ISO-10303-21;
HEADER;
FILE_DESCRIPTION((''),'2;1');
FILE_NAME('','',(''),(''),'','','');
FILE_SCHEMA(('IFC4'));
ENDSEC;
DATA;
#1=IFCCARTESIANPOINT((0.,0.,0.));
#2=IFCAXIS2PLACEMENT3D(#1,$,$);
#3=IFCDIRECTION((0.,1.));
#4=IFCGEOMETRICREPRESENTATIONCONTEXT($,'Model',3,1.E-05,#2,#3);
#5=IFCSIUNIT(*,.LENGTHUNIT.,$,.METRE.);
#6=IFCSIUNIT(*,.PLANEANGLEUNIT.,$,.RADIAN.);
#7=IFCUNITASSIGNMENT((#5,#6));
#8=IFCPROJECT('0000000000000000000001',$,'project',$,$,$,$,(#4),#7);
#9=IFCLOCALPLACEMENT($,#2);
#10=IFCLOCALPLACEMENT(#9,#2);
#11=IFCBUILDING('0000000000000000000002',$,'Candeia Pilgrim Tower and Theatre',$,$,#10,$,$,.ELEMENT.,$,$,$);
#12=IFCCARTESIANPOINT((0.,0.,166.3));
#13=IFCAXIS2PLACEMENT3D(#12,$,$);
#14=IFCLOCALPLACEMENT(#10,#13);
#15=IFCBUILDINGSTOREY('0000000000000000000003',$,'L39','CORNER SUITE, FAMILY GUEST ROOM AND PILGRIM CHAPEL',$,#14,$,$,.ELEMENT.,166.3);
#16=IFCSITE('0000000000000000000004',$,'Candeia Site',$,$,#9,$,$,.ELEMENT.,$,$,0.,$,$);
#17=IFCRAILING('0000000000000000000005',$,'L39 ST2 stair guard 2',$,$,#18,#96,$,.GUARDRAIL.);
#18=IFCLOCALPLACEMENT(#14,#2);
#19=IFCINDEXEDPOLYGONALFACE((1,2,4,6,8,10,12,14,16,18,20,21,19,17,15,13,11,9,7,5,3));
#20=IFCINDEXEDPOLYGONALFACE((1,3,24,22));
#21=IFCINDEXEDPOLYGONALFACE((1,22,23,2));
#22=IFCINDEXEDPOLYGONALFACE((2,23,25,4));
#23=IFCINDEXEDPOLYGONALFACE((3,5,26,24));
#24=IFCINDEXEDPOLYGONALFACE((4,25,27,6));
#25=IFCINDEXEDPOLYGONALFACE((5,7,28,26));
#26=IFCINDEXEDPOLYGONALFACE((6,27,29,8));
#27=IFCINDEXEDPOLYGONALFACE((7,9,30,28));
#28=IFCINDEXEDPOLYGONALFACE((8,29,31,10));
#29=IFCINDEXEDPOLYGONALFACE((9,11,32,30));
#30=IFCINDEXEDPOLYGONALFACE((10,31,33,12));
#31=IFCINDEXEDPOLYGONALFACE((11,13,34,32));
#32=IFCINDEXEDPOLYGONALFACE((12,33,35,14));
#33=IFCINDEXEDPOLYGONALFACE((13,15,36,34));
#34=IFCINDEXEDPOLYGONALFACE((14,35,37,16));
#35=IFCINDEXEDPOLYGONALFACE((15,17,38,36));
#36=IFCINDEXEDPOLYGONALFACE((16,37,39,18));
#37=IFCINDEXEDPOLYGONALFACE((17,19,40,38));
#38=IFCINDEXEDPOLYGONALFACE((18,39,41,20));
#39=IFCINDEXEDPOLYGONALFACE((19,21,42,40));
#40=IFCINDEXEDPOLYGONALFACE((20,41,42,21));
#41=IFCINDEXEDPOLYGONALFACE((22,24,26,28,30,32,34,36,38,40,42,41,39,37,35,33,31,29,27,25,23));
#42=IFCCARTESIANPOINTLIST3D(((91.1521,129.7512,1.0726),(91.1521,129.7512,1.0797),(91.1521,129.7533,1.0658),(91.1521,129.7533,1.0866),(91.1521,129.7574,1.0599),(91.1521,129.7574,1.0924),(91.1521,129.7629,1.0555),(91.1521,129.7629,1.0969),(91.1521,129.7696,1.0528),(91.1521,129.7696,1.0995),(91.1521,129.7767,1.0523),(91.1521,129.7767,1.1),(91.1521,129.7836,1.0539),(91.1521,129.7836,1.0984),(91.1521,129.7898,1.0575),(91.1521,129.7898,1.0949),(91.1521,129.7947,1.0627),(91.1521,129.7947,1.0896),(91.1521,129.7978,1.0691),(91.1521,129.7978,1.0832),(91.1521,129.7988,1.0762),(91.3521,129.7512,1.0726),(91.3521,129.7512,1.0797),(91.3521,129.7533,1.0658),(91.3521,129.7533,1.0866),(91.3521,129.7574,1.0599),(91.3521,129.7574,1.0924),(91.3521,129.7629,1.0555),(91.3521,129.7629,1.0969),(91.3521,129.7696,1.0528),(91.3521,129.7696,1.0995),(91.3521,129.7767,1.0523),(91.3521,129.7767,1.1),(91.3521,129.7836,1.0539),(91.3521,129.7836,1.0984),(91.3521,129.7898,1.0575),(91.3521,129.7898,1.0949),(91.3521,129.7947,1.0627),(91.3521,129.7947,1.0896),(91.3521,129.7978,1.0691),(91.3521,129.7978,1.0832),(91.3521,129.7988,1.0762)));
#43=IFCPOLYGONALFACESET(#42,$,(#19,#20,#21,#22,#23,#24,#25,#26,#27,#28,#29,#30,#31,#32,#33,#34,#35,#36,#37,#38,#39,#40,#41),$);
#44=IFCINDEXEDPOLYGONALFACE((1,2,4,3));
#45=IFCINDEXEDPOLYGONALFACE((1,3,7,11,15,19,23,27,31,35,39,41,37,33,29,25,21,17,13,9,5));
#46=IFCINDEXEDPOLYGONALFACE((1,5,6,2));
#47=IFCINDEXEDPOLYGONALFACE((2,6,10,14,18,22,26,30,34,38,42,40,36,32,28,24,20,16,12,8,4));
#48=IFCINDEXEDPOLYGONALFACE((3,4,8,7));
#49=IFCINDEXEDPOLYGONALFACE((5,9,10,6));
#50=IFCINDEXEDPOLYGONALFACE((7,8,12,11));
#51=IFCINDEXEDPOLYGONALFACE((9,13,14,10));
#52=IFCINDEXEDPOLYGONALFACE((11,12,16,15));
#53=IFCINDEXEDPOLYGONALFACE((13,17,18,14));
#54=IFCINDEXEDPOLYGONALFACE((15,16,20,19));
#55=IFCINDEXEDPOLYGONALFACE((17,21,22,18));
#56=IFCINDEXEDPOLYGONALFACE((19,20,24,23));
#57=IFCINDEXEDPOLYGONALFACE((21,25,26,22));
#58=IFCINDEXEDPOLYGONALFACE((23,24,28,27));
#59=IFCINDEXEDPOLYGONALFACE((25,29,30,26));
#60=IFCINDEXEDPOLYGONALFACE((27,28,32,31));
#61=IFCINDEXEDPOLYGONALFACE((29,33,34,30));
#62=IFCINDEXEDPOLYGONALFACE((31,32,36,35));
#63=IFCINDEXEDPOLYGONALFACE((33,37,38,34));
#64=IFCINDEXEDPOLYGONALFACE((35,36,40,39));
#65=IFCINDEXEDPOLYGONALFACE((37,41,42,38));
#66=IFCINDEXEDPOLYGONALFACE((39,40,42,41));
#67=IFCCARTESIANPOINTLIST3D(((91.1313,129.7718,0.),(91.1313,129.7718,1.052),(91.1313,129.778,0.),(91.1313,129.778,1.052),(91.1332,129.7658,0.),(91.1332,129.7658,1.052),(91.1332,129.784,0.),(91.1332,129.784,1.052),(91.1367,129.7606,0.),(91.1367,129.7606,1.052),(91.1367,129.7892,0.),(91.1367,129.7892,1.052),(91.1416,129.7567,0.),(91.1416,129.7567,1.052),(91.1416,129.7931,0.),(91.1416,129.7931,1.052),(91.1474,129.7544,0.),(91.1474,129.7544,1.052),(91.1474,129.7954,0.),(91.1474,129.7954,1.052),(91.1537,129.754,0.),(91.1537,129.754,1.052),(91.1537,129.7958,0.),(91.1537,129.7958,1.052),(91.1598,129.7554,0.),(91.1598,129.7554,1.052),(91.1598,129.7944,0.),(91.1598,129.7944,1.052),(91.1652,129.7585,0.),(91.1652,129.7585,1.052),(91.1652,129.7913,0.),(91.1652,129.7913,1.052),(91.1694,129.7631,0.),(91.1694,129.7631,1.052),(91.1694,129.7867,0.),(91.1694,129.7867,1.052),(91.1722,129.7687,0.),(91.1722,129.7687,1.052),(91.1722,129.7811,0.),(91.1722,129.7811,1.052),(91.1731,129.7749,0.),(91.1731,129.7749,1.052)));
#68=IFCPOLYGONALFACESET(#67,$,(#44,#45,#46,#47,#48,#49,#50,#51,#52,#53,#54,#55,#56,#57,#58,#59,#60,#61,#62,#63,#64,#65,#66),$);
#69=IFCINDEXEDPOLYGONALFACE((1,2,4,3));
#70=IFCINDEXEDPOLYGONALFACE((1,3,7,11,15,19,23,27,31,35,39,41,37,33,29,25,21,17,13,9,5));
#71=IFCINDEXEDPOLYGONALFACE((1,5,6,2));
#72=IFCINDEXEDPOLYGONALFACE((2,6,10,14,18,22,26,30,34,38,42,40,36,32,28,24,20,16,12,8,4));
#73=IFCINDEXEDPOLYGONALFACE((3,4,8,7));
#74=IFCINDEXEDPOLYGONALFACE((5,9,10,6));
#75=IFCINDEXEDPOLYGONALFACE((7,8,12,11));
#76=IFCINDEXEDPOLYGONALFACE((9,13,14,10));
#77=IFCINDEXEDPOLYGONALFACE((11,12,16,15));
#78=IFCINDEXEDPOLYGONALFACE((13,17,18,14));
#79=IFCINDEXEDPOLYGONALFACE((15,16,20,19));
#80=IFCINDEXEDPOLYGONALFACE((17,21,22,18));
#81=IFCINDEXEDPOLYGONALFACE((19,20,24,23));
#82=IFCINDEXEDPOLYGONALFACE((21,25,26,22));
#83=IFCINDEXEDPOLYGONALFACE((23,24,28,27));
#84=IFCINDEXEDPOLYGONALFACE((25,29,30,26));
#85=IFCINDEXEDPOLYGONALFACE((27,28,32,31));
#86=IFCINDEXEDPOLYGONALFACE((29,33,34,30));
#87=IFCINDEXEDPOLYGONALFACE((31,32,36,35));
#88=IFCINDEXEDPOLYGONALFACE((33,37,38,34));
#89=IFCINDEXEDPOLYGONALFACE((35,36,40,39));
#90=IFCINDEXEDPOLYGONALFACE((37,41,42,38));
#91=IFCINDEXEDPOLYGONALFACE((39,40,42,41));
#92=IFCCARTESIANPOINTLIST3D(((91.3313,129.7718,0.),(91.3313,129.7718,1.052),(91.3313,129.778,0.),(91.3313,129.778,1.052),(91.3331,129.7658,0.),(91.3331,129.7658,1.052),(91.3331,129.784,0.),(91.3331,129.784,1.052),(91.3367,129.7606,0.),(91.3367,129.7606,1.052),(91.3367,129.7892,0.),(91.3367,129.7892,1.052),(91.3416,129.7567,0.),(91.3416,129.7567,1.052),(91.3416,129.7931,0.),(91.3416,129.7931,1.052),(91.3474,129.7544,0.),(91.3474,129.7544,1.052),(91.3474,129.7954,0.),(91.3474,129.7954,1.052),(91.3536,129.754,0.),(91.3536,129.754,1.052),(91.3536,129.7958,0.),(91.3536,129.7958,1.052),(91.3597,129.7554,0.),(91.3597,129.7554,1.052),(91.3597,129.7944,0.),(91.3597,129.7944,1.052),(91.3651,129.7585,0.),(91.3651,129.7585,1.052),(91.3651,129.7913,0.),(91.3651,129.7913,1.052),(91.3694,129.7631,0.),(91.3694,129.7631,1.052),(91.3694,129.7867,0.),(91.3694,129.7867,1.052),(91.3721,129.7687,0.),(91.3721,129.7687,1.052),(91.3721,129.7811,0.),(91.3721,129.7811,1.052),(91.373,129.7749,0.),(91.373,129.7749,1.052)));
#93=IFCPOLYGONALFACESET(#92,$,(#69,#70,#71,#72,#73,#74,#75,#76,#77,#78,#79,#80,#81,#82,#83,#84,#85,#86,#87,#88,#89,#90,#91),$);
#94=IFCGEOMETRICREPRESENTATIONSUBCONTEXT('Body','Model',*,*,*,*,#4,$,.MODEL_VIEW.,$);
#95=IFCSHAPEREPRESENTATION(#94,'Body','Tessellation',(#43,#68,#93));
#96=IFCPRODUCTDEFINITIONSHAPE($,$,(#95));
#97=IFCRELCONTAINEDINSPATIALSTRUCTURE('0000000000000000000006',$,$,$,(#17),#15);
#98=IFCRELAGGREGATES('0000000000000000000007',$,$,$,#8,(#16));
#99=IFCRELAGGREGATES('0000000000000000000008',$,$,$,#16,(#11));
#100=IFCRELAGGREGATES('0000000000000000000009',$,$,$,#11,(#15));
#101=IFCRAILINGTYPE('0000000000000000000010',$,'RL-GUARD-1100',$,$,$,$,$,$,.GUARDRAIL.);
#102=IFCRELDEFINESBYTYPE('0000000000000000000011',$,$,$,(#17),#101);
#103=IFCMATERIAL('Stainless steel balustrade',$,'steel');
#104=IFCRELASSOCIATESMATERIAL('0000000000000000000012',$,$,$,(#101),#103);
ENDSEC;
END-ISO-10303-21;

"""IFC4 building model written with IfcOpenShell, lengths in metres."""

from ifc_helpers import new_model, si_unit, direction, frame, origin, origin_2d, place, context, subcontext, project, spatial, circle, extrude, material, type_object, element, save


model = new_model("IFC4")

# Units and contexts
model_context = context("Model", 3, precision=1e-05, world=origin(), true_north=direction((0.0, 1.0)))
body_context = subcontext(model_context, "Body", "Model", "MODEL_VIEW")
ifc_project = project(units=[si_unit("LENGTHUNIT", "METRE"), si_unit("PLANEANGLEUNIT", "RADIAN")], contexts=[model_context])

# Site, building, storey
site_placement = place(None, origin())
site = spatial("IfcSite", under=ifc_project, at=site_placement, Name="Candeia Site", CompositionType="ELEMENT", RefElevation=0.0)
building_placement = place(site_placement, origin())
building = spatial("IfcBuilding", under=site, at=building_placement, Name="Candeia Pilgrim Tower and Theatre", CompositionType="ELEMENT")
storey_placement = place(building_placement, frame((0.0, 0.0, 166.3)))
storey = spatial("IfcBuildingStorey", under=building, at=storey_placement, Name="L39", Description="CORNER SUITE, FAMILY GUEST ROOM AND PILGRIM CHAPEL", CompositionType="ELEMENT", Elevation=166.3)

# Shared definitions
ifc_material_1 = material(Name="Stainless steel balustrade", Category="steel")

# Railing
railing_type_1 = type_object("IfcRailingType", Name="RL-GUARD-1100", PredefinedType="GUARDRAIL", material=ifc_material_1)
railing_1_placement = place(storey_placement, frame((91.1521, 129.7749, 0.0)))
element("IfcRailing", 1, at=railing_1_placement, inside=storey, type_object=railing_type_1, Name="L39 ST2 stair guard 2", PredefinedType="GUARDRAIL", context=body_context, shape_type="SweptSolid", body=[
    extrude(circle(Radius=0.0239, at=origin_2d()), frame((0.0, 0.0, 1.0762), z_axis=(1.0, 0.0, 0.0), x_axis=(0.0, 1.0, 0.0)), (0.0, 0.0, 1.0), 0.2),
    extrude(circle(Radius=0.021, at=origin_2d()), origin(), (0.0, 0.0, 1.0), 1.052),
    extrude(circle(Radius=0.021, at=origin_2d()), frame((0.2, 0.0, 0.0)), (0.0, 0.0, 1.0), 1.052),
])

save(model, "model.ifc")
